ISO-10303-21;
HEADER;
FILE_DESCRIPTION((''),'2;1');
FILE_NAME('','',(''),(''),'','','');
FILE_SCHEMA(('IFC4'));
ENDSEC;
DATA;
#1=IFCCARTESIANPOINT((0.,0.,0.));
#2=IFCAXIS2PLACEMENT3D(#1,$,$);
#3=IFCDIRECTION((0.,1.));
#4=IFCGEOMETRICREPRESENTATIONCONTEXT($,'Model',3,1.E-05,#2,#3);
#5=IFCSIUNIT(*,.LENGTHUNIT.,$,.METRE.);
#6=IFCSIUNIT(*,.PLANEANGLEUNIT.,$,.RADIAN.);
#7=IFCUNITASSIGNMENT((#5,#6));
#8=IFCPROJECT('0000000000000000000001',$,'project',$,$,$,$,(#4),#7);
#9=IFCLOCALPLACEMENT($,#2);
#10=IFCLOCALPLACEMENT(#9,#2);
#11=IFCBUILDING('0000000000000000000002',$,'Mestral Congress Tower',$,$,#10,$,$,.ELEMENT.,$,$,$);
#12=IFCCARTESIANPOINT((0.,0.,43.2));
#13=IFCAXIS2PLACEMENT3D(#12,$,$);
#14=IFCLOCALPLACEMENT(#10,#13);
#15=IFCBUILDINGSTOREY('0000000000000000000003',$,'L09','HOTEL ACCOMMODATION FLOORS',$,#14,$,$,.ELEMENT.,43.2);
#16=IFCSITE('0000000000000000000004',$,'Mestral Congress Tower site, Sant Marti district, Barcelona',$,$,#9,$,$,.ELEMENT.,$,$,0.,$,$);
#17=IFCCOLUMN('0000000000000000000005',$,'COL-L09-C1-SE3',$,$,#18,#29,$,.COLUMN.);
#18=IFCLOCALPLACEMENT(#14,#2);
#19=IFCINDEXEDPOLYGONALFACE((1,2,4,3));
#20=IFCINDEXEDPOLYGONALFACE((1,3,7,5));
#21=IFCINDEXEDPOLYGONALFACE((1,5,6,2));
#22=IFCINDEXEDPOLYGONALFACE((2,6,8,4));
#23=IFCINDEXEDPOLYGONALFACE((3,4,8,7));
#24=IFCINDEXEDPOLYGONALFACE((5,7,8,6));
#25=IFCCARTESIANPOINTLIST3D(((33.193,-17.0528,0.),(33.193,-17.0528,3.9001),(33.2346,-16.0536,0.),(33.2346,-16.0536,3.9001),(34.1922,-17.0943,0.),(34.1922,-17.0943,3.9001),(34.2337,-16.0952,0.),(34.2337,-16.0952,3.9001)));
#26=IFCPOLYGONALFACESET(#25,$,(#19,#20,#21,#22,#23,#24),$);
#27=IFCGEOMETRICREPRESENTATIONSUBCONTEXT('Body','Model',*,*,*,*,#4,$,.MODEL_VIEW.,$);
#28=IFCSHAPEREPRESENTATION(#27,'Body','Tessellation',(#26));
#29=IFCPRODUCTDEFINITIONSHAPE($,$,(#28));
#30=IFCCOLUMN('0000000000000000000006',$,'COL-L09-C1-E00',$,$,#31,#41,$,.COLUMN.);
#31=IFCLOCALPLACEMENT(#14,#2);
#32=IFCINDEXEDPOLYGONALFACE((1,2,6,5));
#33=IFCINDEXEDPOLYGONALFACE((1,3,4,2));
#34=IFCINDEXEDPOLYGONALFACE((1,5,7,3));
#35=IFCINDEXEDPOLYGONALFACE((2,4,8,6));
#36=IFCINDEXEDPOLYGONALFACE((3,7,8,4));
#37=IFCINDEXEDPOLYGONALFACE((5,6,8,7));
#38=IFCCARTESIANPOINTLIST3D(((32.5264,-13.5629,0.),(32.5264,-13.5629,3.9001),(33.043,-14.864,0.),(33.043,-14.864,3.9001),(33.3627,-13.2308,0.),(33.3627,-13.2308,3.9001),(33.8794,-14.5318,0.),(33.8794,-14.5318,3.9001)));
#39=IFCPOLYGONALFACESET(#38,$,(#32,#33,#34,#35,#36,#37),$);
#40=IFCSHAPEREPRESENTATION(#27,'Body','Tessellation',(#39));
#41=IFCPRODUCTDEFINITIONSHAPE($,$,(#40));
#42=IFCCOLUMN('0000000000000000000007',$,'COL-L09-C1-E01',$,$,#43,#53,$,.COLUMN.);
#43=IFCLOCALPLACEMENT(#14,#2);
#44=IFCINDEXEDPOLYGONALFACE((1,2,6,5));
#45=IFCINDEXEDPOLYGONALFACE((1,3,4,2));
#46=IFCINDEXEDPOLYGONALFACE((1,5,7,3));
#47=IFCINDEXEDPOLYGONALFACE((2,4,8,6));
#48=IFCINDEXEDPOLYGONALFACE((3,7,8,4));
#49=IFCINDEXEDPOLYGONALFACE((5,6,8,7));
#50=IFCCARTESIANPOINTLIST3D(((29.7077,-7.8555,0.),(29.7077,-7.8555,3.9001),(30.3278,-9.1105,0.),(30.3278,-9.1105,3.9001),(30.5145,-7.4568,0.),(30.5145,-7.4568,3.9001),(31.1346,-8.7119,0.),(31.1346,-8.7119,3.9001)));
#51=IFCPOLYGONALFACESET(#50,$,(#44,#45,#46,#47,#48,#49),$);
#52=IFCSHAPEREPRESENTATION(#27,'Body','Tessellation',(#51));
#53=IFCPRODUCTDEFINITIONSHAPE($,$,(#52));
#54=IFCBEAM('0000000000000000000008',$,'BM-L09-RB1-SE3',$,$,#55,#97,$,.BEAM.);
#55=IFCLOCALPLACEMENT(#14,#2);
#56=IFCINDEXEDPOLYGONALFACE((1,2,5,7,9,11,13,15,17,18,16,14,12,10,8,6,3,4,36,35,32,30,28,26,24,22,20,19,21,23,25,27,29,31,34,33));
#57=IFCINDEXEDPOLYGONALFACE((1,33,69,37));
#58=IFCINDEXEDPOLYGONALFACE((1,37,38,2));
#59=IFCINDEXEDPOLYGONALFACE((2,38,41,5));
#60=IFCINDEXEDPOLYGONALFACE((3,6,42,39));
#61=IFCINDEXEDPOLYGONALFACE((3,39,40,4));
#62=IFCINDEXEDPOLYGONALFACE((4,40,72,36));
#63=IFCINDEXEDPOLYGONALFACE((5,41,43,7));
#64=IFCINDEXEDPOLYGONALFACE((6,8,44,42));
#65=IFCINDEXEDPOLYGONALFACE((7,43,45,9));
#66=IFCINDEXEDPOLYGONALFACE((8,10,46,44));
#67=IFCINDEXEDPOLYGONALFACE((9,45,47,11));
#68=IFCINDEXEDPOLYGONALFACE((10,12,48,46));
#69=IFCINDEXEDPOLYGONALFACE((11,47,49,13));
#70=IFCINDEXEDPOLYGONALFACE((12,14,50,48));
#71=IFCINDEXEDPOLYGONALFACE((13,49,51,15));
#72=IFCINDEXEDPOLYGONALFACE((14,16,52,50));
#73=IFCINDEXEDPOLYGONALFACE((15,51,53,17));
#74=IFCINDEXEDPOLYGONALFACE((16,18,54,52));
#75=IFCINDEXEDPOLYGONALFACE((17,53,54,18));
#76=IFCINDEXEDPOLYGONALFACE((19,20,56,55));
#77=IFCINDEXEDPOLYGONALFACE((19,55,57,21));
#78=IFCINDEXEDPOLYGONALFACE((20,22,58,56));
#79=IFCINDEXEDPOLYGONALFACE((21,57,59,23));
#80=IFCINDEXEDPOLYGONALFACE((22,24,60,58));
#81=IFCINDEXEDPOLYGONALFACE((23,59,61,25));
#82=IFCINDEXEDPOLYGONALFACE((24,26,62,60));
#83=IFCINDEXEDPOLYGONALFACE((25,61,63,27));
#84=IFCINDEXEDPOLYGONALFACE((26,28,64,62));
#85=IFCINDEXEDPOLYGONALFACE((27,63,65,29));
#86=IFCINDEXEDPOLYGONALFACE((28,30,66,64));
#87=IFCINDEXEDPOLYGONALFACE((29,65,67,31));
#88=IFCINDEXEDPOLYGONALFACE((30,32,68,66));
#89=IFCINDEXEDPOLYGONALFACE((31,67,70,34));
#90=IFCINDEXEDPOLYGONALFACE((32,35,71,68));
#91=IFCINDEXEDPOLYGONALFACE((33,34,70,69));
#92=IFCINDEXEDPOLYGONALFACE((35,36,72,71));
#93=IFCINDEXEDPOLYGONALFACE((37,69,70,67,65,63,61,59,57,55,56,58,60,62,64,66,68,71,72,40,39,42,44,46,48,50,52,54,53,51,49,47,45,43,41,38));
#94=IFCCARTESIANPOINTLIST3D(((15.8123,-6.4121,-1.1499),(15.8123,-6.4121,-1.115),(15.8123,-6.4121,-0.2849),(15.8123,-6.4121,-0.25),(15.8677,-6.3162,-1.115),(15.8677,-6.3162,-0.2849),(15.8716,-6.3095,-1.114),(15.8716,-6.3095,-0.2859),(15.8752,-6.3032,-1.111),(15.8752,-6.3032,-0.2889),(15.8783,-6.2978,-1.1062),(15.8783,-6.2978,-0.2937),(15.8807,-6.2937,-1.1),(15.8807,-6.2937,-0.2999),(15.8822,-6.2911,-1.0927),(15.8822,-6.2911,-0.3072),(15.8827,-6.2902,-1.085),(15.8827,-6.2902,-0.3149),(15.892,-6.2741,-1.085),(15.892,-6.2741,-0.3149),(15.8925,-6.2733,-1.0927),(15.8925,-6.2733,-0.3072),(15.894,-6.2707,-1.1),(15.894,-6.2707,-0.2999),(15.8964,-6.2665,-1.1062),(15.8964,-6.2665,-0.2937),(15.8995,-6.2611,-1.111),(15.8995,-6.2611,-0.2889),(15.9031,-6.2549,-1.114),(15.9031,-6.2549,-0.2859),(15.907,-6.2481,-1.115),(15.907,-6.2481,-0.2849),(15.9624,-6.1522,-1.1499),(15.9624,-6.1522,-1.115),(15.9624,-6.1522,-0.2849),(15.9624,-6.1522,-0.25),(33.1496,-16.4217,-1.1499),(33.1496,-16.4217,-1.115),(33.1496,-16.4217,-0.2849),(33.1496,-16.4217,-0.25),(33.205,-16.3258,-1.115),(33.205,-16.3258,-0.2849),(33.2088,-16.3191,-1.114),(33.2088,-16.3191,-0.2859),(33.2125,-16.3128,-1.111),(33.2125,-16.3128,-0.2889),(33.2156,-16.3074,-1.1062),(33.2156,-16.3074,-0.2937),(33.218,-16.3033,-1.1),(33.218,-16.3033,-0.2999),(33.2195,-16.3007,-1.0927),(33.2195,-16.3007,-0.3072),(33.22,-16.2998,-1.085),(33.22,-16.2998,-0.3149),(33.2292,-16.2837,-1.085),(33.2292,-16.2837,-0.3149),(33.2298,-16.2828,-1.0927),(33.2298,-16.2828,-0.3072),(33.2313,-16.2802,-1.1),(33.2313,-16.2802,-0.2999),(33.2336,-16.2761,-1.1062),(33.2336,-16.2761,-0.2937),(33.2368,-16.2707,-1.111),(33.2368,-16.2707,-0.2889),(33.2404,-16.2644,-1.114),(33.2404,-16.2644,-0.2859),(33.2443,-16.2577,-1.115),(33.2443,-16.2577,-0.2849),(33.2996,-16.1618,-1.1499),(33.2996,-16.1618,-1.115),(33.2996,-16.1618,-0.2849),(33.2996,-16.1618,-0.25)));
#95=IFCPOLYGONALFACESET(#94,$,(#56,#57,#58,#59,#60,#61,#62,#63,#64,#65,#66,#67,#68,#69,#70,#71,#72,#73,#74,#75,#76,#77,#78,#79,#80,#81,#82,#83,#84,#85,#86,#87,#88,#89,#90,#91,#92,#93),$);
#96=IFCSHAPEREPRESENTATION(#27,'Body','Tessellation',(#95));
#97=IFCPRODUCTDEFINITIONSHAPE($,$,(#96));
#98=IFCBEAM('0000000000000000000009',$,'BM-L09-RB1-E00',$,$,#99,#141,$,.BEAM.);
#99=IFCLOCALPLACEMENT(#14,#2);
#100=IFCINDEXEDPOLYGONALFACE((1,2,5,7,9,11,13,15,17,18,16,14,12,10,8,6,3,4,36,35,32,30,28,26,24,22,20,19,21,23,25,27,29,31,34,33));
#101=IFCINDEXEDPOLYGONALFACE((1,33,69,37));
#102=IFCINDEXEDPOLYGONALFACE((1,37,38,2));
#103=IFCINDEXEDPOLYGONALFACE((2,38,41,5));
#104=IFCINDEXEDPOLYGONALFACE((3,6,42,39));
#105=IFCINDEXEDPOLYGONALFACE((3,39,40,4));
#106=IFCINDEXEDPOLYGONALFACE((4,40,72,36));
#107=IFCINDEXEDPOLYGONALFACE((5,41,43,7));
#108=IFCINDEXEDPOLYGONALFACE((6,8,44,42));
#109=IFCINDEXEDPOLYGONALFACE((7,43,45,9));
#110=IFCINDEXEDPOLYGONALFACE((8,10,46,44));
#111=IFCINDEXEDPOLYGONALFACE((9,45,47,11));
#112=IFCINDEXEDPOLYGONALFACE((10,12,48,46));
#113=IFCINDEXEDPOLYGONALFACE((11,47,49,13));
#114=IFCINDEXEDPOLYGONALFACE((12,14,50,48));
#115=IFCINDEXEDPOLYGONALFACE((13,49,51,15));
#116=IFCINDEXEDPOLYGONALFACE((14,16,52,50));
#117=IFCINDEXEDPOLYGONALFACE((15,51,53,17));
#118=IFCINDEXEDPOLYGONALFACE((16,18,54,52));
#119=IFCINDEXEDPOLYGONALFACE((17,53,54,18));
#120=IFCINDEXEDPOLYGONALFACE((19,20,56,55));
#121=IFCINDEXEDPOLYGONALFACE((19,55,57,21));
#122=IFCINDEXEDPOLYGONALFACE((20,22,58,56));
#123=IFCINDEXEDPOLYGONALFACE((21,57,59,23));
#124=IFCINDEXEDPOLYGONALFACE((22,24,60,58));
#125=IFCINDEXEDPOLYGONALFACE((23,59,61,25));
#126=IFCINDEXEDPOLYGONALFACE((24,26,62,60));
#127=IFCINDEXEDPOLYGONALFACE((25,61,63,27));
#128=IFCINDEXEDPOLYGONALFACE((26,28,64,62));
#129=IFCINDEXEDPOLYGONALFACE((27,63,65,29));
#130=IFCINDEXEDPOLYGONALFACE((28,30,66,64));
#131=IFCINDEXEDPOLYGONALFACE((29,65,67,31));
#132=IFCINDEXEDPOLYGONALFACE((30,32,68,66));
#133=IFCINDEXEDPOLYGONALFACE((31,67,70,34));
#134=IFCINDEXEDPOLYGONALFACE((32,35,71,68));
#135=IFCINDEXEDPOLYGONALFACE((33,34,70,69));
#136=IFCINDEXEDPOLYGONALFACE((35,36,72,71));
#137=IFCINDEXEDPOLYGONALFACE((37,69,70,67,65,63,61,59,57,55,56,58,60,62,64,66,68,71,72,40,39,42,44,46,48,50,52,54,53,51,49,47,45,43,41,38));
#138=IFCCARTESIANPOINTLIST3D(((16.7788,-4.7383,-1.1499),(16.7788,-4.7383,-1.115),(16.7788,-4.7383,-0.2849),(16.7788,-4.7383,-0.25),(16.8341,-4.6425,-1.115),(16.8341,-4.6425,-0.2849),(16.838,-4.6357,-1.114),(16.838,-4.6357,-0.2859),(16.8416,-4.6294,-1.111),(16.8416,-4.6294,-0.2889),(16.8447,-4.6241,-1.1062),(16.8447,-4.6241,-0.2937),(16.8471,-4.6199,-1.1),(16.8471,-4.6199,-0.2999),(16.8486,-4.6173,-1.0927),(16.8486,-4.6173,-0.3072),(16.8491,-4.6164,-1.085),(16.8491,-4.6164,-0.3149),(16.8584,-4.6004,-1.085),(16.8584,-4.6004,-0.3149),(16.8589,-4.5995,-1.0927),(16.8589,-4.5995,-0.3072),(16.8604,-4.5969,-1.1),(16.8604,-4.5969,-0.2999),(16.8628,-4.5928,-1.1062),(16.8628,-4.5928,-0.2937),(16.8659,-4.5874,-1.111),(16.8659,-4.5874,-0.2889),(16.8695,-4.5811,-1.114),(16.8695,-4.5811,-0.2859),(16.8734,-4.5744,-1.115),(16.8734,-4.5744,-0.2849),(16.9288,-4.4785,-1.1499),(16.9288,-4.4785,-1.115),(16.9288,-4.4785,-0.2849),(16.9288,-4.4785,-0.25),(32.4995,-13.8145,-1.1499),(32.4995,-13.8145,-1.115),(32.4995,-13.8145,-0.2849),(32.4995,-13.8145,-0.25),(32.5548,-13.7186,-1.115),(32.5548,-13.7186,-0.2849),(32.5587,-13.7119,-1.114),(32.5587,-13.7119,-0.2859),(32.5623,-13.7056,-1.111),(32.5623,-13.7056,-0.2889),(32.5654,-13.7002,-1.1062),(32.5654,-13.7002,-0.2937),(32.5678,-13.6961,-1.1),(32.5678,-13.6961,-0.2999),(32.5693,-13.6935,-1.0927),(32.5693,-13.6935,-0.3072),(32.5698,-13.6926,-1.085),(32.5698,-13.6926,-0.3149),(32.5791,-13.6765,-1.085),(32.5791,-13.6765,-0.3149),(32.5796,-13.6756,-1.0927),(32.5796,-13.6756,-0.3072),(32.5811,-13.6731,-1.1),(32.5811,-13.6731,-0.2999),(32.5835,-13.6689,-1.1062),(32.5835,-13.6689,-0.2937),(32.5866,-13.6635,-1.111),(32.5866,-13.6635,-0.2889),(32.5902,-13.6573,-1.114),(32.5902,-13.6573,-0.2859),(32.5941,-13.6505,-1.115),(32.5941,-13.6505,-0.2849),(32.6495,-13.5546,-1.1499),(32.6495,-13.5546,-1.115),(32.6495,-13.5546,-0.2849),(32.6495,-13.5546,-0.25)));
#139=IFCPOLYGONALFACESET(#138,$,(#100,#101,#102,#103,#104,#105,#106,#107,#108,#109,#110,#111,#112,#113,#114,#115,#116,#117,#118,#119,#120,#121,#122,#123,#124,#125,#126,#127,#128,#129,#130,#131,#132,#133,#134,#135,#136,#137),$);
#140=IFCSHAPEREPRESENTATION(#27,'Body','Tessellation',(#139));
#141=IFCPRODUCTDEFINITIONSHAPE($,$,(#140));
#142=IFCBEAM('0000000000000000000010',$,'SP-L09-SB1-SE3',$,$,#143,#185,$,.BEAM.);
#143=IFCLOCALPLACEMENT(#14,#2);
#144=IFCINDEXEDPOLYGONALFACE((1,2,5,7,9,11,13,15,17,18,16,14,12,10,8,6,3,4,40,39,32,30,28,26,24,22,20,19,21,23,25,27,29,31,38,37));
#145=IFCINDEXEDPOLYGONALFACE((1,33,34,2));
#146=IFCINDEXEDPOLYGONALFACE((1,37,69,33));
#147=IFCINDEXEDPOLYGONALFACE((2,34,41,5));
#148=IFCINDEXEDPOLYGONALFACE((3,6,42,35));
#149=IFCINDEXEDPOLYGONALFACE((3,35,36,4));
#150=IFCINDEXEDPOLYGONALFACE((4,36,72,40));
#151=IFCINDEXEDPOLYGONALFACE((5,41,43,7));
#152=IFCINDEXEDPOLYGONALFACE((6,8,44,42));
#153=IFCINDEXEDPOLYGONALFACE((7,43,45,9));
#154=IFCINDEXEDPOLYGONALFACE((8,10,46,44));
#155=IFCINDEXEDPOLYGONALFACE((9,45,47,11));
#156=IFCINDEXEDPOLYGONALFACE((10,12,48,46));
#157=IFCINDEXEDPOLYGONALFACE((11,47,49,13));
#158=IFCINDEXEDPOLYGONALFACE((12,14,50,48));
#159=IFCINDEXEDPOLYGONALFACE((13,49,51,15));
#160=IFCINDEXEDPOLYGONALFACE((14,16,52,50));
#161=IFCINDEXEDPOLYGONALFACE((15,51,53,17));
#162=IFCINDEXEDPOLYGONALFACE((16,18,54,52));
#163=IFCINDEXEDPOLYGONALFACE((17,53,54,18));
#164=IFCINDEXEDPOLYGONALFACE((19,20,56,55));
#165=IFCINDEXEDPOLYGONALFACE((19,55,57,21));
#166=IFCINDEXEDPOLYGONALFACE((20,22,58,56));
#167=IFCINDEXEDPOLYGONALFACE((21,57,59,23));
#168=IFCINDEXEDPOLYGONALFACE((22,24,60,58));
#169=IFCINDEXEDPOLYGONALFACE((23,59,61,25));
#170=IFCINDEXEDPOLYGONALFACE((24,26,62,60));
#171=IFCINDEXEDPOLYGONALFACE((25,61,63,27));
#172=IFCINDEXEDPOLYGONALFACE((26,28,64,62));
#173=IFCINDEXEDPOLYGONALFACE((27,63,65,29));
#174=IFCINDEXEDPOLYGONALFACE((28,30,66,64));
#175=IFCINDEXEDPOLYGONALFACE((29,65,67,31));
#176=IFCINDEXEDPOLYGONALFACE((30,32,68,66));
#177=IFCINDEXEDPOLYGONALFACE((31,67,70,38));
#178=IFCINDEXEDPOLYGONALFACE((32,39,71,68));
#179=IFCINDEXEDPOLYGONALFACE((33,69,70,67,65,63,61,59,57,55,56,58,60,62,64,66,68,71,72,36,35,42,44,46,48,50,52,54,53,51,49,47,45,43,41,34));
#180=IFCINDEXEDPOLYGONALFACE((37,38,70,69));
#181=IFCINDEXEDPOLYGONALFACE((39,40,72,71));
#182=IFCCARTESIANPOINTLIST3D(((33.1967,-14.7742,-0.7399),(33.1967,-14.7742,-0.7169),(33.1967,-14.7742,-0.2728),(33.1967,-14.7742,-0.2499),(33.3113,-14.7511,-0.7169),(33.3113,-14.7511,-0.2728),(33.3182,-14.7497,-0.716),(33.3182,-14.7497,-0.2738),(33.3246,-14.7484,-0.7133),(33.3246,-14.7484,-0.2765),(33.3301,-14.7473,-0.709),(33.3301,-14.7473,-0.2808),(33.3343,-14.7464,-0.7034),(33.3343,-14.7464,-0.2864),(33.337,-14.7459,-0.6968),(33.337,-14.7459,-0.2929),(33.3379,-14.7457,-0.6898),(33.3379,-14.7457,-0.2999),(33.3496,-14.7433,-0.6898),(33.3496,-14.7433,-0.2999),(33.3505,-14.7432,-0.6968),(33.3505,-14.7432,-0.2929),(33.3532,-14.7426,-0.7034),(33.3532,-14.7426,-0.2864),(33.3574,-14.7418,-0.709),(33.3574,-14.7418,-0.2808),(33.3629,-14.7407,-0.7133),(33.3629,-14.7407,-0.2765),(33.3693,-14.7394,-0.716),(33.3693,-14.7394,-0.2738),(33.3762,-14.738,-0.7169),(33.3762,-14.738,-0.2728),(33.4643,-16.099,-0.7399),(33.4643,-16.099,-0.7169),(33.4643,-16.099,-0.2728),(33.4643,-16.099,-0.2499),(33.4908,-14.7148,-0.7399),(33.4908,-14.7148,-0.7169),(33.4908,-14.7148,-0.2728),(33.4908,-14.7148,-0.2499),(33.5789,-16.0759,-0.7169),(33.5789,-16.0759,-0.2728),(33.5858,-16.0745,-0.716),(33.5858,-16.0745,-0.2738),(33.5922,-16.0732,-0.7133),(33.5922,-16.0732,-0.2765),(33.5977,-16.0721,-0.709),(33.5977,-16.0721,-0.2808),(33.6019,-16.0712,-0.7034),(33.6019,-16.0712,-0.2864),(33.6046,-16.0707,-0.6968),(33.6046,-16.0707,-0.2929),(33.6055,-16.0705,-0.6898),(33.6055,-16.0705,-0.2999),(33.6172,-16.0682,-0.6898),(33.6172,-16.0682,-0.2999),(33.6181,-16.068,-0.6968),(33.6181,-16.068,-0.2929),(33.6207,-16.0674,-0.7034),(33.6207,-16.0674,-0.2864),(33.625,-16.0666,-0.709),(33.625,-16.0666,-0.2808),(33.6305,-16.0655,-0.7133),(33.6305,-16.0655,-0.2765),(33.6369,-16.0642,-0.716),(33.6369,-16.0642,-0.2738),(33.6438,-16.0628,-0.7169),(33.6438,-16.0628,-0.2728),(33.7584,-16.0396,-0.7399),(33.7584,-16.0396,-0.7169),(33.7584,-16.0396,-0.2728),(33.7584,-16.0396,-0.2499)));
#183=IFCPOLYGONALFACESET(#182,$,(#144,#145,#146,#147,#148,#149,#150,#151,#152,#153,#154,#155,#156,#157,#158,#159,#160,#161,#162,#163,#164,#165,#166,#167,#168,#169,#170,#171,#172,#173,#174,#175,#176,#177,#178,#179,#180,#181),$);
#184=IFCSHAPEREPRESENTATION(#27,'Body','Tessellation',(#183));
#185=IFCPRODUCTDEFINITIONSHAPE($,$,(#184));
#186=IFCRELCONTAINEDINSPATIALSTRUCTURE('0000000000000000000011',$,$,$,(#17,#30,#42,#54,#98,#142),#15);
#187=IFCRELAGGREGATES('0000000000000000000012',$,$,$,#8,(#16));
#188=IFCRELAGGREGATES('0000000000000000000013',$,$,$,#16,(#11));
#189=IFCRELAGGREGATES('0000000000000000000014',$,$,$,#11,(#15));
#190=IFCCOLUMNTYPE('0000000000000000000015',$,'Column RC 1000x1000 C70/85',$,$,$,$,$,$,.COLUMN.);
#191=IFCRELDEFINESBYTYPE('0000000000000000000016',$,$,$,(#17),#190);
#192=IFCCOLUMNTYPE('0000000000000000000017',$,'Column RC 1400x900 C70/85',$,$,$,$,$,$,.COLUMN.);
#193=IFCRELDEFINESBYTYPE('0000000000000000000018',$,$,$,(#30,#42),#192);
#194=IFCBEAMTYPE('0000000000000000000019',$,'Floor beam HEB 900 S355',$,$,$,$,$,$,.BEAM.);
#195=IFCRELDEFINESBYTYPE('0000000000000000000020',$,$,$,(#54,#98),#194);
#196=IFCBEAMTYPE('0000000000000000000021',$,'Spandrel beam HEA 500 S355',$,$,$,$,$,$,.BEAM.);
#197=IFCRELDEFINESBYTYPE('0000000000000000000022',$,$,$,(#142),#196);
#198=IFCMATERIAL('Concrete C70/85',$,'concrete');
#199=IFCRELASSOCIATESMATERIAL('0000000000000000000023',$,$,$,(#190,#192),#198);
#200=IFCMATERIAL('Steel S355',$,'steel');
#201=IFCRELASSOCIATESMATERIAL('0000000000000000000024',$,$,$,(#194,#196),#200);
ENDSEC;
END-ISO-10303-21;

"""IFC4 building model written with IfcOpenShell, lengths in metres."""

from ifc_helpers import new_model, si_unit, direction, frame, origin, origin_2d, place, context, subcontext, project, spatial, rectangle, i_section, extrude, material, material_profile, profile_set, type_object, element, save


model = new_model("IFC4")

# Units and contexts
model_context = context("Model", 3, precision=1e-05, world=origin(), true_north=direction((0.0, 1.0)))
body_context = subcontext(model_context, "Body", "Model", "MODEL_VIEW")
ifc_project = project(units=[si_unit("LENGTHUNIT", "METRE"), si_unit("PLANEANGLEUNIT", "RADIAN")], contexts=[model_context])

# Site, building, storey
site_placement = place(None, origin())
site = spatial("IfcSite", under=ifc_project, at=site_placement, Name="Mestral Congress Tower site, Sant Marti district, Barcelona", CompositionType="ELEMENT", RefElevation=0.0)
building_placement = place(site_placement, origin())
building = spatial("IfcBuilding", under=site, at=building_placement, Name="Mestral Congress Tower", CompositionType="ELEMENT")
storey_placement = place(building_placement, frame((0.0, 0.0, 43.2)))
storey = spatial("IfcBuildingStorey", under=building, at=storey_placement, Name="L09", Description="HOTEL ACCOMMODATION FLOORS", CompositionType="ELEMENT", Elevation=43.2)

# Columns
ifc_material_1 = material(Name="Concrete C70/85", Category="concrete")
ifc_material_profile_1 = material_profile(ifc_material_1, rectangle(XDim=1.0, YDim=1.0, at=origin_2d()), Name="RC 1000x1000")
ifc_profile_set_1 = profile_set([ifc_material_profile_1], Name="Concrete C70/85")
column_type_1 = type_object("IfcColumnType", Name="Column RC 1000x1000 C70/85", PredefinedType="COLUMN", material=ifc_profile_set_1)
column_placement = place(storey_placement, frame((33.7134, -16.574, 0.0), z_axis=(0.0, 0.0, 1.0), x_axis=(0.041583, 0.999135, 0.0)))
element("IfcColumn", 1, at=column_placement, inside=storey, type_object=column_type_1, Name="COL-L09-C1-SE3", PredefinedType="COLUMN", context=body_context, shape_type="SweptSolid", body=[
    extrude(rectangle(XDim=1.0, YDim=1.0, at=origin_2d()), origin(), (0.0, 0.0, 1.0), 3.9001),
])
ifc_material_profile_2 = material_profile(ifc_material_1, rectangle(XDim=1.3999, YDim=0.8999, at=origin_2d()), Name="RC 1400x900")
ifc_profile_set_2 = profile_set([ifc_material_profile_2], Name="Concrete C70/85")
column_type_2 = type_object("IfcColumnType", Name="Column RC 1400x900 C70/85", PredefinedType="COLUMN", material=ifc_profile_set_2)
for number, where, z_axis, x_axis, name in (
    (2, (33.2029, -14.0474, 0.0), (0.0, 0.0, 1.0), (-0.36909, 0.929394, 0.0), "COL-L09-C1-E00"),
    (3, (30.4211, -8.2837, 0.0), (0.0, 0.0, 1.0), (-0.442959, 0.896542, 0.0), "COL-L09-C1-E01"),
):
    element("IfcColumn", number, at=place(storey_placement, frame(where, z_axis=z_axis, x_axis=x_axis)), inside=storey, type_object=column_type_2, Name=name, PredefinedType="COLUMN", context=body_context, shape_type="SweptSolid", body=[
        extrude(rectangle(XDim=1.3999, YDim=0.8999, at=origin_2d()), origin(), (0.0, 0.0, 1.0), 3.9001),
    ])

# Beams
ifc_material_2 = material(Name="Steel S355", Category="steel")
ifc_material_profile_3 = material_profile(ifc_material_2, i_section(OverallWidth=0.3, OverallDepth=0.8999, WebThickness=0.0186, FlangeThickness=0.0349, FilletRadius=0.03, at=origin_2d()), Name="HEB 900")
ifc_profile_set_3 = profile_set([ifc_material_profile_3], Name="Steel S355")
beam_type_1 = type_object("IfcBeamType", Name="Floor beam HEB 900 S355", PredefinedType="BEAM", material=ifc_profile_set_3)
beam_1_placement = place(storey_placement, frame((33.2246, -16.2917, -0.7), z_axis=(-0.866027, 0.499997, 0.0), x_axis=(-0.499997, -0.866027, 0.0)))
element("IfcBeam", 4, at=beam_1_placement, inside=storey, type_object=beam_type_1, Name="BM-L09-RB1-SE3", PredefinedType="BEAM", context=body_context, shape_type="SweptSolid", body=[
    extrude(i_section(OverallWidth=0.3, OverallDepth=0.8999, WebThickness=0.0186, FlangeThickness=0.0349, FilletRadius=0.03, at=origin_2d()), origin(), (0.0, 0.0, 1.0), 20.0193),
])
beam_2_placement = place(storey_placement, frame((32.5745, -13.6846, -0.7), z_axis=(-0.86603, 0.499993, 0.0), x_axis=(-0.499993, -0.86603, 0.0)))
element("IfcBeam", 5, at=beam_2_placement, inside=storey, type_object=beam_type_1, Name="BM-L09-RB1-E00", PredefinedType="BEAM", context=body_context, shape_type="SweptSolid", body=[
    extrude(i_section(OverallWidth=0.3, OverallDepth=0.8999, WebThickness=0.0186, FlangeThickness=0.0349, FilletRadius=0.03, at=origin_2d()), origin(), (0.0, 0.0, 1.0), 18.1526),
])
ifc_material_profile_4 = material_profile(ifc_material_2, i_section(OverallWidth=0.3, OverallDepth=0.49, WebThickness=0.012, FlangeThickness=0.0229, FilletRadius=0.0271, at=origin_2d()), Name="HEA 500")
ifc_profile_set_4 = profile_set([ifc_material_profile_4], Name="Steel S355")
beam_type_2 = type_object("IfcBeamType", Name="Spandrel beam HEA 500 S355", PredefinedType="BEAM", material=ifc_profile_set_4)
beam_3_placement = place(storey_placement, frame((33.6113, -16.0693, -0.4949), z_axis=(-0.197992, 0.980204, 0.0), x_axis=(-0.980204, -0.197992, 0.0)))
element("IfcBeam", 6, at=beam_3_placement, inside=storey, type_object=beam_type_2, Name="SP-L09-SB1-SE3", PredefinedType="BEAM", context=body_context, shape_type="SweptSolid", body=[
    extrude(i_section(OverallWidth=0.3, OverallDepth=0.49, WebThickness=0.012, FlangeThickness=0.0229, FilletRadius=0.0271, at=origin_2d()), origin(), (0.0, 0.0, 1.0), 1.3516),
])

save(model, "model.ifc")
